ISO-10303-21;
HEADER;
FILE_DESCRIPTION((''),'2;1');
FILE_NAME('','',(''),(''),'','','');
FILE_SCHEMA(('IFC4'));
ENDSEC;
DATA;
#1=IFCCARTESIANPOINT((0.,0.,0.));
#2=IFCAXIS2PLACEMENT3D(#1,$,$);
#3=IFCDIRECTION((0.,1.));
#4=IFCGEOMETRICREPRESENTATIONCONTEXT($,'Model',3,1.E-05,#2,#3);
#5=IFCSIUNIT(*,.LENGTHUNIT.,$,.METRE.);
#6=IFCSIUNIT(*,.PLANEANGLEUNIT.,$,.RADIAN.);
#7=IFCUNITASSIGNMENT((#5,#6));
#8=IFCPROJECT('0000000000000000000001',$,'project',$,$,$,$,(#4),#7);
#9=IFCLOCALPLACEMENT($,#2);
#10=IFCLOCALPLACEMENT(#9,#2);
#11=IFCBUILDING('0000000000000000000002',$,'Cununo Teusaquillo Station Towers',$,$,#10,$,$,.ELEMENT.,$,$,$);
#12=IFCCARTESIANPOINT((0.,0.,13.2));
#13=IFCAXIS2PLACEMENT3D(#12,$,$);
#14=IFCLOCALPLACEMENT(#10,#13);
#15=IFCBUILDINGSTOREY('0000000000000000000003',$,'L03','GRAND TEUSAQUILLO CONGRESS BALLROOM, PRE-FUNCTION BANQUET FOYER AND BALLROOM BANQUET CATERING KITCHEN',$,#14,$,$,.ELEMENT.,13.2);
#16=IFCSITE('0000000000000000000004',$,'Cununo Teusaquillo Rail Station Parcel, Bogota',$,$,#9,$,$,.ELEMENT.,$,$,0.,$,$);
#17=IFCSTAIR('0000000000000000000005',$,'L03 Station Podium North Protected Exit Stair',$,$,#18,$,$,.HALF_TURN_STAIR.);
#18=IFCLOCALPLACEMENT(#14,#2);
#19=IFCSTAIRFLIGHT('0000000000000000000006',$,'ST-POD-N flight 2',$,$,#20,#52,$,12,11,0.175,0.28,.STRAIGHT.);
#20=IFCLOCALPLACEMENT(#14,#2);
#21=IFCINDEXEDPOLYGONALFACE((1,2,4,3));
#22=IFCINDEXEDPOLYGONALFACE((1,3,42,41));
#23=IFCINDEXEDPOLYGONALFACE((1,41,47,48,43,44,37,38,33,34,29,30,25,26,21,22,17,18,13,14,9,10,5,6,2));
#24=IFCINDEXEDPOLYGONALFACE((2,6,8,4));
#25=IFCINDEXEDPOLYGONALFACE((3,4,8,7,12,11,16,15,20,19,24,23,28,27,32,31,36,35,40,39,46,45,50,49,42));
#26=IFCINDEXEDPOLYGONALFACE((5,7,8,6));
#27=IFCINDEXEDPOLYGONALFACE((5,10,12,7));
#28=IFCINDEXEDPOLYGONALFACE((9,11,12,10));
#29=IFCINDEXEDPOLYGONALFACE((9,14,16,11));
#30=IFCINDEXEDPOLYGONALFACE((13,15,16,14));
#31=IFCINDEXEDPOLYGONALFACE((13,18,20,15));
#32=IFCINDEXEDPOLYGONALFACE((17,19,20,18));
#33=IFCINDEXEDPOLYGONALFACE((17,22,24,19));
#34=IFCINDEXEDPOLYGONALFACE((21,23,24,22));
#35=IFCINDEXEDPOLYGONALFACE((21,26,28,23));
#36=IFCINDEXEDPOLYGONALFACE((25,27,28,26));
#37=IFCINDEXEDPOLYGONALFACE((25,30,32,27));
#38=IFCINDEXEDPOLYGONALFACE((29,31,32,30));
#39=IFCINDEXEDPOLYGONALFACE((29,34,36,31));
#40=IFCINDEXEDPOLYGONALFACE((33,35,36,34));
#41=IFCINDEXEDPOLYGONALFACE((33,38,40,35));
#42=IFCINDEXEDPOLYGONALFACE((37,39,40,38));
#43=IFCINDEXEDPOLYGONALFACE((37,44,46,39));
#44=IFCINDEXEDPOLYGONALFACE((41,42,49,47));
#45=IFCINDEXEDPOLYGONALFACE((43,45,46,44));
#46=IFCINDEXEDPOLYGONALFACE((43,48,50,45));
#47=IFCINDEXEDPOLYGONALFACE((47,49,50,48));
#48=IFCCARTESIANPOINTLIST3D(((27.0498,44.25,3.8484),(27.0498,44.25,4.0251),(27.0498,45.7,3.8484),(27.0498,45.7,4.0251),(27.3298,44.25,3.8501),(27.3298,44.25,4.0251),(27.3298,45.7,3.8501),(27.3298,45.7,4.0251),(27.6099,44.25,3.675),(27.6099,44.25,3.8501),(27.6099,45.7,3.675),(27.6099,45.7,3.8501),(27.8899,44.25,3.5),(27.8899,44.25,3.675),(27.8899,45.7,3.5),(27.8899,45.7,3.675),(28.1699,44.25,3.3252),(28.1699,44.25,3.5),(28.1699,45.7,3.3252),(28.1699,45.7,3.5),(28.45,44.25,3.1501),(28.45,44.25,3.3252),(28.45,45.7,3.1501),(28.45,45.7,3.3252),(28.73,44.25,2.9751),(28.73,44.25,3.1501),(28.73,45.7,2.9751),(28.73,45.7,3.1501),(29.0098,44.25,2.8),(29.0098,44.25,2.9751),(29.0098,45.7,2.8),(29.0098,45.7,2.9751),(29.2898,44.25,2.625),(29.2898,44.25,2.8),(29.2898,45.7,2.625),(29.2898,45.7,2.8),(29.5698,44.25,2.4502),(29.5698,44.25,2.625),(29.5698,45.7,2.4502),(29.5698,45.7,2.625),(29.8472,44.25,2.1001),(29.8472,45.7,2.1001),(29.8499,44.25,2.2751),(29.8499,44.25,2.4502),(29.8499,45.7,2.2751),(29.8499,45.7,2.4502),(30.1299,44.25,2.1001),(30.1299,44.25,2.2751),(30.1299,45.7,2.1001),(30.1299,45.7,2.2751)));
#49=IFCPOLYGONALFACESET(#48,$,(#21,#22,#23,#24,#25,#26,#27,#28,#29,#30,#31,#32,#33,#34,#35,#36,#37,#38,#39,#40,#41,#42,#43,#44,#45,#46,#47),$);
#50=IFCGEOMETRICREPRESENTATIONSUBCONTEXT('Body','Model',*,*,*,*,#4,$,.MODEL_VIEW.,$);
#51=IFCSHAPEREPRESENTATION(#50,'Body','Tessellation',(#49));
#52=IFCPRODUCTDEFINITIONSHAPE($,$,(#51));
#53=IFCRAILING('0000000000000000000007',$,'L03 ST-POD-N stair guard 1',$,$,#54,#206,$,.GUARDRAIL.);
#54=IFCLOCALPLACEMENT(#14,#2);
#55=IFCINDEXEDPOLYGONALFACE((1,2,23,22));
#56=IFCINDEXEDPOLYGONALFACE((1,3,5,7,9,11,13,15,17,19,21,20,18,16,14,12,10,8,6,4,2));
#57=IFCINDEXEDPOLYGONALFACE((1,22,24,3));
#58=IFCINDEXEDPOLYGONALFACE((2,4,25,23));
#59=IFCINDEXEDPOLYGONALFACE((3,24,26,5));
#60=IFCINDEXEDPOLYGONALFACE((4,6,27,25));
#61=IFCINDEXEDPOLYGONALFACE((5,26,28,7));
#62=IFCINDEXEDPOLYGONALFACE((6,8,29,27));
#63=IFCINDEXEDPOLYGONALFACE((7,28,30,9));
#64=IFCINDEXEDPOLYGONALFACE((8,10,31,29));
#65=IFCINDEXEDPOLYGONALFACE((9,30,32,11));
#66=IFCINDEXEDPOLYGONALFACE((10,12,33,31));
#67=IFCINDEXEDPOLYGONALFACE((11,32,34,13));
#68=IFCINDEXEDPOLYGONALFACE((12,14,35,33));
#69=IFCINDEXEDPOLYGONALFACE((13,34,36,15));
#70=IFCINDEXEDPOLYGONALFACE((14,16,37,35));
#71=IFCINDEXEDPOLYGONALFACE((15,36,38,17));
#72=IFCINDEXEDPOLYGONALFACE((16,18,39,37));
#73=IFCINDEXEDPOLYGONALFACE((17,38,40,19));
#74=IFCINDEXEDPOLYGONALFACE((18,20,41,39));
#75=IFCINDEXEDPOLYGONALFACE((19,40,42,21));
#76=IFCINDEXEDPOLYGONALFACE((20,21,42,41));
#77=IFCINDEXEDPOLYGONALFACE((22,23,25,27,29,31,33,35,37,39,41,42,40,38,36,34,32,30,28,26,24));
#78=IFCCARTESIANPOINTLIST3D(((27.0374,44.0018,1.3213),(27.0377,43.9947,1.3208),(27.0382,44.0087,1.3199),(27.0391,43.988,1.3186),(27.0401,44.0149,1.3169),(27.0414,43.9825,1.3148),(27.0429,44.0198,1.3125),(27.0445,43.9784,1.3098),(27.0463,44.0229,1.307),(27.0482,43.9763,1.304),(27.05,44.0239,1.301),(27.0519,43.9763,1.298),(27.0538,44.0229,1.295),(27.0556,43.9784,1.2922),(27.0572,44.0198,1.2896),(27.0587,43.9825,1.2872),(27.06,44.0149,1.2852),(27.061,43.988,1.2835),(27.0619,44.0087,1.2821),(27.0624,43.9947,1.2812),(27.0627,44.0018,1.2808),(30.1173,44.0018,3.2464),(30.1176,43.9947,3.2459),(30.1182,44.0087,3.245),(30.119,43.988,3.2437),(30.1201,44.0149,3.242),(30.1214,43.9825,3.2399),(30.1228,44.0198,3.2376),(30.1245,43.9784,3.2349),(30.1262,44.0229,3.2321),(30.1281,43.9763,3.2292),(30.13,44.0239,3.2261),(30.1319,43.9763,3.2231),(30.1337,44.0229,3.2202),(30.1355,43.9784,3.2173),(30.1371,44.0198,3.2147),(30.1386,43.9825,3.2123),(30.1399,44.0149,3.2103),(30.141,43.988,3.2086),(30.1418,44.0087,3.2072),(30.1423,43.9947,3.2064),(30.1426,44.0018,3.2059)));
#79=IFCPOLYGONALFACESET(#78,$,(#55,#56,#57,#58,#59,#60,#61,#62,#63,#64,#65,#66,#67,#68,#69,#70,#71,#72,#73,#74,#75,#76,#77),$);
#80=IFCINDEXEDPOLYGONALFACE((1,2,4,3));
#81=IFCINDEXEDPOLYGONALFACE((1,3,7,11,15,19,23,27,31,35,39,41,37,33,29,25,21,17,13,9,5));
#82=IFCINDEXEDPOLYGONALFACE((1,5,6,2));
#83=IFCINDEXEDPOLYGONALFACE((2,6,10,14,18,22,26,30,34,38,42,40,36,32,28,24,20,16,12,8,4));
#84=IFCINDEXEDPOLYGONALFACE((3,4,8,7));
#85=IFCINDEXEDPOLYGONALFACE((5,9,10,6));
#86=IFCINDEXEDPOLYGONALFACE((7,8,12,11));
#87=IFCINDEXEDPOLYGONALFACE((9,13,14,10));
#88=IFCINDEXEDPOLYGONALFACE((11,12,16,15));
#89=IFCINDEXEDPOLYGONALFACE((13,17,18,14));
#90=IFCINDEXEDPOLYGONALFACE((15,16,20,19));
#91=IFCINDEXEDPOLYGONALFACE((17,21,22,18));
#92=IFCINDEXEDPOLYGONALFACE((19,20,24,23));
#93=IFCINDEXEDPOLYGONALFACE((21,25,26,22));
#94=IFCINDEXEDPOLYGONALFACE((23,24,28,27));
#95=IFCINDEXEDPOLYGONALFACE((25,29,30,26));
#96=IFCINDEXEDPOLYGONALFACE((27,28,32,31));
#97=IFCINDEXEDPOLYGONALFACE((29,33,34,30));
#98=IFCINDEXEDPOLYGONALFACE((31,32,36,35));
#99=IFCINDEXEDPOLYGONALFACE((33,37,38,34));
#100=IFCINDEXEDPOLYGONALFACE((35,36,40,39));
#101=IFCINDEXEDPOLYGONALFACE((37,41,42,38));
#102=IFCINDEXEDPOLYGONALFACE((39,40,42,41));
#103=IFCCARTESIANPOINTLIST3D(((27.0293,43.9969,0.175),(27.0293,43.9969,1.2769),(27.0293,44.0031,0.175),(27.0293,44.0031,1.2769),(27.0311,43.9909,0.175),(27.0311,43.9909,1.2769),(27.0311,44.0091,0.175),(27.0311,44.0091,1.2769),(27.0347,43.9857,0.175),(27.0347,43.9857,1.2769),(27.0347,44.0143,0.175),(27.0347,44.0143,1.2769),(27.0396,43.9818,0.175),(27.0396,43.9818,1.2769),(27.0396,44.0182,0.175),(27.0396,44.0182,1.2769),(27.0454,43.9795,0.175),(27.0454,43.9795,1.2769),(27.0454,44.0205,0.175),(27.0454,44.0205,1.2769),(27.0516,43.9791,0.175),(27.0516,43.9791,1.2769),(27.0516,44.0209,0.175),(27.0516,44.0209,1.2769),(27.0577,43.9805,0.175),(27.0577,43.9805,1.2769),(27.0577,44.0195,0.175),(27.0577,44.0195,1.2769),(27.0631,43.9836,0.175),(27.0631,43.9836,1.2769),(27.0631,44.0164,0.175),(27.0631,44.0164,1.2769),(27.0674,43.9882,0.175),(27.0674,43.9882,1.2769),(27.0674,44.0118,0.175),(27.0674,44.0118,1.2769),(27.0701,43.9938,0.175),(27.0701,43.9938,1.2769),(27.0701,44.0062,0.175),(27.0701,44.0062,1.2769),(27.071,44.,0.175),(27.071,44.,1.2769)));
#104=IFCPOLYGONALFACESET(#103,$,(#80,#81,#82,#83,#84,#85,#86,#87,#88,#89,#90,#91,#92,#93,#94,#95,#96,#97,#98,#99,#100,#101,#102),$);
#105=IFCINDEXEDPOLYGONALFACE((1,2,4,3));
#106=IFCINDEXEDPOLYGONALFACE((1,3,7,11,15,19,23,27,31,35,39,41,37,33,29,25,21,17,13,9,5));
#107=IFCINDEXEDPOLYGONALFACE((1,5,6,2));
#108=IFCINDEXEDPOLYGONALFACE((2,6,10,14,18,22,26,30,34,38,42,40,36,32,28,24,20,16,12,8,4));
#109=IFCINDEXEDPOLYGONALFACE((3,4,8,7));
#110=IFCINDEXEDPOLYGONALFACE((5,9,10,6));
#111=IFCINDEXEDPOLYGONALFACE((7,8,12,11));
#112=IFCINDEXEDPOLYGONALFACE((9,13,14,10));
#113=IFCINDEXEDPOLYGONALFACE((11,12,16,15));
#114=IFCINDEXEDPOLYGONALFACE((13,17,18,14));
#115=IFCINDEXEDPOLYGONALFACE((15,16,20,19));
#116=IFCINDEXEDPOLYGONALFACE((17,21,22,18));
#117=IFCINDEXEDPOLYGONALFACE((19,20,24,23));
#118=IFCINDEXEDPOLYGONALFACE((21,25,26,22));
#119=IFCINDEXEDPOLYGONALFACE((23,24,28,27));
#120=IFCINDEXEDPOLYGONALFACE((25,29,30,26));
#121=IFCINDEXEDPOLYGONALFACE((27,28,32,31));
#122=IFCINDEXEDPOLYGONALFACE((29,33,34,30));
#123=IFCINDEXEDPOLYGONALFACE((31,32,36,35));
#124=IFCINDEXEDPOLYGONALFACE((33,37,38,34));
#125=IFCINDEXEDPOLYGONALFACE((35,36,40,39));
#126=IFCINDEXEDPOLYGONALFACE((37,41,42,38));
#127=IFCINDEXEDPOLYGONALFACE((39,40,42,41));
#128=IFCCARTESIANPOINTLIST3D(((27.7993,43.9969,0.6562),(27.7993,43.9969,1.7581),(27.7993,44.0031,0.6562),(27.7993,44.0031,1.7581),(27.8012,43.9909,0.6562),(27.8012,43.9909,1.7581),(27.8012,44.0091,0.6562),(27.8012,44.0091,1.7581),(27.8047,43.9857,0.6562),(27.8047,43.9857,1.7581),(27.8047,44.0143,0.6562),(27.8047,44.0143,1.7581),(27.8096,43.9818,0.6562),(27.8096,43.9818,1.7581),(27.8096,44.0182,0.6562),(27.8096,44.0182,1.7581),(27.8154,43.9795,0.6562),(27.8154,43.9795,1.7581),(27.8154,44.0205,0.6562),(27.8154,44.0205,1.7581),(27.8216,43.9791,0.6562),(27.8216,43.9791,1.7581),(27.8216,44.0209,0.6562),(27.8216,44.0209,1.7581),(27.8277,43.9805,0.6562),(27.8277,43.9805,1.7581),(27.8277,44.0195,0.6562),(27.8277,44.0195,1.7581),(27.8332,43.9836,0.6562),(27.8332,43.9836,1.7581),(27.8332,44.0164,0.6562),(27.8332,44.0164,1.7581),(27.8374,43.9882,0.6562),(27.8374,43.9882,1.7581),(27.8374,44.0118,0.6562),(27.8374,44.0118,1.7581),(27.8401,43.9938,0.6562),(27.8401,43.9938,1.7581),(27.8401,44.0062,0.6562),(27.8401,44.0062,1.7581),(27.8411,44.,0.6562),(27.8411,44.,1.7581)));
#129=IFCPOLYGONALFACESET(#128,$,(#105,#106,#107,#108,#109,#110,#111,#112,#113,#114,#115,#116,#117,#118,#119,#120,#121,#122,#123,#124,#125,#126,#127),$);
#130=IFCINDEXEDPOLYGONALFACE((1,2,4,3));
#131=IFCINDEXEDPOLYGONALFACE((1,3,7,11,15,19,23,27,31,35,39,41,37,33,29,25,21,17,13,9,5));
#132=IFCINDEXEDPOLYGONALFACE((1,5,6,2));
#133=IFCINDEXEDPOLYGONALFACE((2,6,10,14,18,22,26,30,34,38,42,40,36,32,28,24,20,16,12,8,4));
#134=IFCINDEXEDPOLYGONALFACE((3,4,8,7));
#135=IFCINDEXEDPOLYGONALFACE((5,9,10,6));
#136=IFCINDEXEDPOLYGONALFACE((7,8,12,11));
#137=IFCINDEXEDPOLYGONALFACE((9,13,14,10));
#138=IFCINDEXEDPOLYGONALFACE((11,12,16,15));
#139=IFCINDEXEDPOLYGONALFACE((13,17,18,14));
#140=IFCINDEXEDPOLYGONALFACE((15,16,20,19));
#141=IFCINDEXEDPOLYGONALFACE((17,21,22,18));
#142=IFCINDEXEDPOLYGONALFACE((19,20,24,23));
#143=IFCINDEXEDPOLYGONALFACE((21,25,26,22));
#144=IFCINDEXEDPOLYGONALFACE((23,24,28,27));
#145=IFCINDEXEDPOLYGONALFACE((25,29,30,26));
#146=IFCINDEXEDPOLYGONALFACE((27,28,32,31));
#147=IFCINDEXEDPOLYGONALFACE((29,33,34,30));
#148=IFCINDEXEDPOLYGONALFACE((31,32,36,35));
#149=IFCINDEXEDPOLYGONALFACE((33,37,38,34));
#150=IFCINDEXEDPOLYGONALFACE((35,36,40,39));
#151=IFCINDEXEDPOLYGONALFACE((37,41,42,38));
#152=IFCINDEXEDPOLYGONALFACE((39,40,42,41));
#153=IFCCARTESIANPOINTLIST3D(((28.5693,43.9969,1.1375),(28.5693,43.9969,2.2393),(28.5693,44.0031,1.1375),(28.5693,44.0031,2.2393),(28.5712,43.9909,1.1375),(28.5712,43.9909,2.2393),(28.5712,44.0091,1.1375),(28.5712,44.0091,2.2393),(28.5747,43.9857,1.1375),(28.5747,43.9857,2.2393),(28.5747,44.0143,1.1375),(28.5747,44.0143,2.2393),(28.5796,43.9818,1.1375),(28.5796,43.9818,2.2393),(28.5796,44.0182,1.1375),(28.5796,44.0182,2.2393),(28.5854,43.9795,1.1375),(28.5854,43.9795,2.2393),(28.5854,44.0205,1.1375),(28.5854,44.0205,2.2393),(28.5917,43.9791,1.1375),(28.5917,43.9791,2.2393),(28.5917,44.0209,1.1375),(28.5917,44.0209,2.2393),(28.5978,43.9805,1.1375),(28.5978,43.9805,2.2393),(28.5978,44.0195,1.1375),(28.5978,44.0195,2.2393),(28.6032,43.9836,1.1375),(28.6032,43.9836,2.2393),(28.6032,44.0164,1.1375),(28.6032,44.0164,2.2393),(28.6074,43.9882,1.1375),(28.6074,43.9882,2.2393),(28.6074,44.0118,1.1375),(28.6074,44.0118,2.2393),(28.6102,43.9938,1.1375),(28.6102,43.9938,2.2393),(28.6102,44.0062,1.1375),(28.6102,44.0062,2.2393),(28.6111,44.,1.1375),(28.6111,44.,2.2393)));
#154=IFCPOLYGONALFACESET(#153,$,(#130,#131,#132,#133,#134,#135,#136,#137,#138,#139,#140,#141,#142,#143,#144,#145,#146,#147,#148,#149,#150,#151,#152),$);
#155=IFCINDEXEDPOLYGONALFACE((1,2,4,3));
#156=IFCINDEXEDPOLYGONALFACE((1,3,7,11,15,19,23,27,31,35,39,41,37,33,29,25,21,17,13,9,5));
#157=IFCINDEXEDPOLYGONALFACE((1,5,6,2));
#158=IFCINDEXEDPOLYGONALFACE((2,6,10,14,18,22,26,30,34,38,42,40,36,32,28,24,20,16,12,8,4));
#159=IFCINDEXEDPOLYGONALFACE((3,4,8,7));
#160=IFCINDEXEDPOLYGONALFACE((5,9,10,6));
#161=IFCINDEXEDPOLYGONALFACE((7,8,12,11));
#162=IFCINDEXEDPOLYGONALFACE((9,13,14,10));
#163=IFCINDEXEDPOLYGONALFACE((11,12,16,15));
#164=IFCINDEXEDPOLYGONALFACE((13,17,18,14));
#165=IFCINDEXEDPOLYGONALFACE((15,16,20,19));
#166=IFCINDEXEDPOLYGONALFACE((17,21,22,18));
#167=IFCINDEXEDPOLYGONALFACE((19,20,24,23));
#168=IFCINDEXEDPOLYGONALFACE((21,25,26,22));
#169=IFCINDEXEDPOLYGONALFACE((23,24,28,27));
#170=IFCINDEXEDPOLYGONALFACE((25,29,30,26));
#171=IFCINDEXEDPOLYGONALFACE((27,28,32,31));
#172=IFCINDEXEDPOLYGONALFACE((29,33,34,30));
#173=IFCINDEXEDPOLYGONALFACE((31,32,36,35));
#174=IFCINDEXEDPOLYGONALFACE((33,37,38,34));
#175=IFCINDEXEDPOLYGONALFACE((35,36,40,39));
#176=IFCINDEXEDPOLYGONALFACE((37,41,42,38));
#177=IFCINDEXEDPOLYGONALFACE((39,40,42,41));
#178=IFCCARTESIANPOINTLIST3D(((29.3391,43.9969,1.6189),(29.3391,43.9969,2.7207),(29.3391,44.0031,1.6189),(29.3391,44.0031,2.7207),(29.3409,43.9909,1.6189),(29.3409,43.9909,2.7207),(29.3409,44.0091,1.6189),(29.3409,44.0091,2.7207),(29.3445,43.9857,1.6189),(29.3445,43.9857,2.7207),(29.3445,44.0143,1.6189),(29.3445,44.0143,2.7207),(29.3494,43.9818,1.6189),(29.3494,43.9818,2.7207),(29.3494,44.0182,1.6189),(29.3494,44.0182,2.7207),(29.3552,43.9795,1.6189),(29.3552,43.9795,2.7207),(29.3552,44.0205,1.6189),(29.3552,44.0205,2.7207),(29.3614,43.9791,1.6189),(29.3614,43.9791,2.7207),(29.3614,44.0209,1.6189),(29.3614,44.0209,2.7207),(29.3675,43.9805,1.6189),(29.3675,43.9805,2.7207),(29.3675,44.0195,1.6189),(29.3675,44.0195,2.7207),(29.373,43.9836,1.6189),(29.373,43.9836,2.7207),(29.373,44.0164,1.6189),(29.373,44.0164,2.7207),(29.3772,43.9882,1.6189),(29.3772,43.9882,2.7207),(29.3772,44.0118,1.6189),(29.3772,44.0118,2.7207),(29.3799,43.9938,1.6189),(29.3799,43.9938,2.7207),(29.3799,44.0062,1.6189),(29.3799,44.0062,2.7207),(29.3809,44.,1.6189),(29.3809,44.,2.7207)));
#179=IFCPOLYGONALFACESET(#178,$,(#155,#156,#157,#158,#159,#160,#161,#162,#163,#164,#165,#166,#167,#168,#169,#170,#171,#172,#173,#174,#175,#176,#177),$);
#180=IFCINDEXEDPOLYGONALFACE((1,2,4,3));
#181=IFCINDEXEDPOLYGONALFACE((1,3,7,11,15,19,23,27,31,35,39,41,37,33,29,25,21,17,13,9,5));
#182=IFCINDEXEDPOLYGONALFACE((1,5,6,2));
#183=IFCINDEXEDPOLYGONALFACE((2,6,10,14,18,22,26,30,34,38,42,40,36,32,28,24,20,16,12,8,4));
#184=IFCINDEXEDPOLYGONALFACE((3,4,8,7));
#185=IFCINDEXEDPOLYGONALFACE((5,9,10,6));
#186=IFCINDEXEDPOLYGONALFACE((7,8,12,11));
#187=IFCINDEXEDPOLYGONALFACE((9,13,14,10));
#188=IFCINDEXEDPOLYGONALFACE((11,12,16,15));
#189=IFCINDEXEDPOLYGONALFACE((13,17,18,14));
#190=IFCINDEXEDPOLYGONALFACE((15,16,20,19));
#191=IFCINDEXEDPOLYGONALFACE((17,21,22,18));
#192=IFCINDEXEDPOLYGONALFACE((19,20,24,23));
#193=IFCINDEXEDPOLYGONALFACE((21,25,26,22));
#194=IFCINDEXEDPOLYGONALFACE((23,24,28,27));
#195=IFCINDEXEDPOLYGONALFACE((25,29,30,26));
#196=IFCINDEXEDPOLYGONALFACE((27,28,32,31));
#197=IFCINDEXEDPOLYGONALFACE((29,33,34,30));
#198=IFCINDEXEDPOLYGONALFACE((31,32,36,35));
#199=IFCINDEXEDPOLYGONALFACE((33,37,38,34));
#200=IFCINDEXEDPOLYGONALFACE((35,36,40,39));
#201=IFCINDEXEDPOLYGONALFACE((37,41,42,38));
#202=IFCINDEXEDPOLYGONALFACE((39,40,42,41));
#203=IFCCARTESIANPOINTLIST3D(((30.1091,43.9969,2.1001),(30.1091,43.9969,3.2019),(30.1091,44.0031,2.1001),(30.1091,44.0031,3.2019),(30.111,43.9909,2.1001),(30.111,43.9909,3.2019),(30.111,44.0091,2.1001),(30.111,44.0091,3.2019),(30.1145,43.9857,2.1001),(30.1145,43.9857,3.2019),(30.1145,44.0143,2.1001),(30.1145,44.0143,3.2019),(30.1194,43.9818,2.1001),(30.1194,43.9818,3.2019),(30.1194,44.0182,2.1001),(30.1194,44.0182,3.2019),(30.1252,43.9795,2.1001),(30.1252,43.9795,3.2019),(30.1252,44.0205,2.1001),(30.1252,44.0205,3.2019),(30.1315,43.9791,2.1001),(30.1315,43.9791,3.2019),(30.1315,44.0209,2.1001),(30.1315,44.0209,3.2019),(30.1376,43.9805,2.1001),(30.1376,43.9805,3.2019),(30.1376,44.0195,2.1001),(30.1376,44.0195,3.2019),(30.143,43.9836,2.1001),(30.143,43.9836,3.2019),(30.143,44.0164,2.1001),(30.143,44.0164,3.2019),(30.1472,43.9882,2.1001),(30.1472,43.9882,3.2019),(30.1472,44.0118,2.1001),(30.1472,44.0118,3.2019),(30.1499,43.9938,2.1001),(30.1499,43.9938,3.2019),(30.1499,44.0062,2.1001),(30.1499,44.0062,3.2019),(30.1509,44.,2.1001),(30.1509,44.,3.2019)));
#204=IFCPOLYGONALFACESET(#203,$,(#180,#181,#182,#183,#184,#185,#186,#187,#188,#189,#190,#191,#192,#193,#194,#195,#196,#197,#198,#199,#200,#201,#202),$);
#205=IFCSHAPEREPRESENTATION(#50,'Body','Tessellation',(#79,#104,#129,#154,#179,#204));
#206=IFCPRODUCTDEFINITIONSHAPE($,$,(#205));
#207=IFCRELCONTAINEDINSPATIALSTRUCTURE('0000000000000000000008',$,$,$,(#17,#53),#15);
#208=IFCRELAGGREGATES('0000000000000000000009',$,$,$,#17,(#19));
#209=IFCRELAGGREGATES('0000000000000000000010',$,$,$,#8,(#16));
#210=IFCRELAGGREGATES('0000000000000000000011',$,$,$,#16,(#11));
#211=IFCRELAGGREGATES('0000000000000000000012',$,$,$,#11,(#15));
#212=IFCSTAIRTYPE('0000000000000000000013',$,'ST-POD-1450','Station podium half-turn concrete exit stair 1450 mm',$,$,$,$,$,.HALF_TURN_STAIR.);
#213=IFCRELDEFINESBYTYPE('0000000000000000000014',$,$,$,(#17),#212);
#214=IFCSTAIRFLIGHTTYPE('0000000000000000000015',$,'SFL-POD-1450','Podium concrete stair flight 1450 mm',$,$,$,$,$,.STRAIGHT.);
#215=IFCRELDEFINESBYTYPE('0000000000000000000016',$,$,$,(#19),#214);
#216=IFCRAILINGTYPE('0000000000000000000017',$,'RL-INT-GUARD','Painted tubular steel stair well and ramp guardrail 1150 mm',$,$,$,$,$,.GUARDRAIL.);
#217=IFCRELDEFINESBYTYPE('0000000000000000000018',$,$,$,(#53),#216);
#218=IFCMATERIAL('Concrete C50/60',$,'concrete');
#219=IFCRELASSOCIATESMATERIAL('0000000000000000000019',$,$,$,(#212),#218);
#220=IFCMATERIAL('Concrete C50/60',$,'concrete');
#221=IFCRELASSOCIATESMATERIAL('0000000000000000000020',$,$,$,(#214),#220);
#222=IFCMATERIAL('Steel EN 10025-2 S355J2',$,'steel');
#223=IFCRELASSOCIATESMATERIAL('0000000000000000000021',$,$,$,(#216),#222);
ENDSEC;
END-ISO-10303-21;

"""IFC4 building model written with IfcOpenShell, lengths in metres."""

from ifc_helpers import new_model, si_unit, direction, frame, origin, origin_2d, place, context, subcontext, project, spatial, polyline, circle, outline, extrude, material, type_object, element, aggregate, save


model = new_model("IFC4")

# Units and contexts
model_context = context("Model", 3, precision=1e-05, world=origin(), true_north=direction((0.0, 1.0)))
body_context = subcontext(model_context, "Body", "Model", "MODEL_VIEW")
ifc_project = project(units=[si_unit("LENGTHUNIT", "METRE"), si_unit("PLANEANGLEUNIT", "RADIAN")], contexts=[model_context])

# Site, building, storey
site_placement = place(None, origin())
site = spatial("IfcSite", under=ifc_project, at=site_placement, Name="Cununo Teusaquillo Rail Station Parcel, Bogota", CompositionType="ELEMENT", RefElevation=0.0)
building_placement = place(site_placement, origin())
building = spatial("IfcBuilding", under=site, at=building_placement, Name="Cununo Teusaquillo Station Towers", CompositionType="ELEMENT")
storey_placement = place(building_placement, frame((0.0, 0.0, 13.2)))
storey = spatial("IfcBuildingStorey", under=building, at=storey_placement, Name="L03", Description="GRAND TEUSAQUILLO CONGRESS BALLROOM, PRE-FUNCTION BANQUET FOYER AND BALLROOM BANQUET CATERING KITCHEN", CompositionType="ELEMENT", Elevation=13.2)

# Stair, stair flight
ifc_material_1 = material(Name="Concrete C50/60", Category="concrete")
stair_type = type_object("IfcStairType", Name="ST-POD-1450", Description="Station podium half-turn concrete exit stair 1450 mm", PredefinedType="HALF_TURN_STAIR", material=ifc_material_1)
stair_placement = place(storey_placement, origin())
stair = element("IfcStair", 1, at=stair_placement, inside=storey, type_object=stair_type, Name="L03 Station Podium North Protected Exit Stair", PredefinedType="HALF_TURN_STAIR")
ifc_material_2 = material(Name="Concrete C50/60", Category="concrete")
stair_flight_type = type_object("IfcStairFlightType", Name="SFL-POD-1450", Description="Podium concrete stair flight 1450 mm", PredefinedType="STRAIGHT", material=ifc_material_2)
stair_flight_1_placement = place(storey_placement, frame((30.1299, 44.9751, 2.1001), z_axis=(0.0, 0.0, 1.0), x_axis=(-1.0, 0.0, 0.0)))
stair_flight_1 = element("IfcStairFlight", 2, at=stair_flight_1_placement, type_object=stair_flight_type, Name="ST-POD-N flight 2", NumberOfRisers=12, NumberOfTreads=11, PredefinedType="STRAIGHT", RiserHeight=0.175, TreadLength=0.28, context=body_context, shape_type="SweptSolid", body=[
    extrude(outline(polyline([(0.0, 0.0), (0.0, 0.175), (0.28, 0.175), (0.28, 0.3501), (0.5601, 0.3501), (0.5601, 0.5249), (0.8401, 0.5249), (0.8401, 0.7), (1.1201, 0.7), (1.1201, 0.875), (1.3999, 0.875), (1.3999, 1.05), (1.6799, 1.05), (1.6799, 1.2251), (1.96, 1.2251), (1.96, 1.3999), (2.24, 1.3999), (2.24, 1.575), (2.52, 1.575), (2.52, 1.75), (2.8, 1.75), (2.8, 1.925), (3.0801, 1.925), (3.0801, 2.1001), (3.0801, 1.7483), (0.2827, 0.0), (0.0, 0.0)])), frame((0.0, 0.7251, 0.0), z_axis=(0.0, -1.0, 0.0), x_axis=(1.0, 0.0, 0.0)), (0.0, 0.0, 1.0), 1.45),
])
aggregate(stair, [stair_flight_1])

# Railing
ifc_material_3 = material(Name="Steel EN 10025-2 S355J2", Category="steel")
railing_type_1 = type_object("IfcRailingType", Name="RL-INT-GUARD", Description="Painted tubular steel stair well and ramp guardrail 1150 mm", PredefinedType="GUARDRAIL", material=ifc_material_3)
railing_1_placement = place(storey_placement, frame((27.05, 44.0, 0.175)))
element("IfcRailing", 3, at=railing_1_placement, inside=storey, type_object=railing_type_1, Name="L03 ST-POD-N stair guard 1", PredefinedType="GUARDRAIL", context=body_context, shape_type="SweptSolid", body=[
    extrude(circle(Radius=0.0239, at=origin_2d()), frame((0.0, 0.0, 1.126), z_axis=(0.847979, 0.0, 0.530029), x_axis=(0.0, 1.0, 0.0)), (0.0, 0.0, 1.0), 3.6321),
    extrude(circle(Radius=0.021, at=origin_2d()), origin(), (0.0, 0.0, 1.0), 1.1018),
    extrude(circle(Radius=0.021, at=origin_2d()), frame((0.77, 0.0, 0.4812)), (0.0, 0.0, 1.0), 1.1018),
    extrude(circle(Radius=0.021, at=origin_2d()), frame((1.54, 0.0, 0.9624)), (0.0, 0.0, 1.0), 1.1018),
    extrude(circle(Radius=0.021, at=origin_2d()), frame((2.3098, 0.0, 1.4438)), (0.0, 0.0, 1.0), 1.1018),
    extrude(circle(Radius=0.021, at=origin_2d()), frame((3.0798, 0.0, 1.925)), (0.0, 0.0, 1.0), 1.1018),
])

save(model, "model.ifc")
